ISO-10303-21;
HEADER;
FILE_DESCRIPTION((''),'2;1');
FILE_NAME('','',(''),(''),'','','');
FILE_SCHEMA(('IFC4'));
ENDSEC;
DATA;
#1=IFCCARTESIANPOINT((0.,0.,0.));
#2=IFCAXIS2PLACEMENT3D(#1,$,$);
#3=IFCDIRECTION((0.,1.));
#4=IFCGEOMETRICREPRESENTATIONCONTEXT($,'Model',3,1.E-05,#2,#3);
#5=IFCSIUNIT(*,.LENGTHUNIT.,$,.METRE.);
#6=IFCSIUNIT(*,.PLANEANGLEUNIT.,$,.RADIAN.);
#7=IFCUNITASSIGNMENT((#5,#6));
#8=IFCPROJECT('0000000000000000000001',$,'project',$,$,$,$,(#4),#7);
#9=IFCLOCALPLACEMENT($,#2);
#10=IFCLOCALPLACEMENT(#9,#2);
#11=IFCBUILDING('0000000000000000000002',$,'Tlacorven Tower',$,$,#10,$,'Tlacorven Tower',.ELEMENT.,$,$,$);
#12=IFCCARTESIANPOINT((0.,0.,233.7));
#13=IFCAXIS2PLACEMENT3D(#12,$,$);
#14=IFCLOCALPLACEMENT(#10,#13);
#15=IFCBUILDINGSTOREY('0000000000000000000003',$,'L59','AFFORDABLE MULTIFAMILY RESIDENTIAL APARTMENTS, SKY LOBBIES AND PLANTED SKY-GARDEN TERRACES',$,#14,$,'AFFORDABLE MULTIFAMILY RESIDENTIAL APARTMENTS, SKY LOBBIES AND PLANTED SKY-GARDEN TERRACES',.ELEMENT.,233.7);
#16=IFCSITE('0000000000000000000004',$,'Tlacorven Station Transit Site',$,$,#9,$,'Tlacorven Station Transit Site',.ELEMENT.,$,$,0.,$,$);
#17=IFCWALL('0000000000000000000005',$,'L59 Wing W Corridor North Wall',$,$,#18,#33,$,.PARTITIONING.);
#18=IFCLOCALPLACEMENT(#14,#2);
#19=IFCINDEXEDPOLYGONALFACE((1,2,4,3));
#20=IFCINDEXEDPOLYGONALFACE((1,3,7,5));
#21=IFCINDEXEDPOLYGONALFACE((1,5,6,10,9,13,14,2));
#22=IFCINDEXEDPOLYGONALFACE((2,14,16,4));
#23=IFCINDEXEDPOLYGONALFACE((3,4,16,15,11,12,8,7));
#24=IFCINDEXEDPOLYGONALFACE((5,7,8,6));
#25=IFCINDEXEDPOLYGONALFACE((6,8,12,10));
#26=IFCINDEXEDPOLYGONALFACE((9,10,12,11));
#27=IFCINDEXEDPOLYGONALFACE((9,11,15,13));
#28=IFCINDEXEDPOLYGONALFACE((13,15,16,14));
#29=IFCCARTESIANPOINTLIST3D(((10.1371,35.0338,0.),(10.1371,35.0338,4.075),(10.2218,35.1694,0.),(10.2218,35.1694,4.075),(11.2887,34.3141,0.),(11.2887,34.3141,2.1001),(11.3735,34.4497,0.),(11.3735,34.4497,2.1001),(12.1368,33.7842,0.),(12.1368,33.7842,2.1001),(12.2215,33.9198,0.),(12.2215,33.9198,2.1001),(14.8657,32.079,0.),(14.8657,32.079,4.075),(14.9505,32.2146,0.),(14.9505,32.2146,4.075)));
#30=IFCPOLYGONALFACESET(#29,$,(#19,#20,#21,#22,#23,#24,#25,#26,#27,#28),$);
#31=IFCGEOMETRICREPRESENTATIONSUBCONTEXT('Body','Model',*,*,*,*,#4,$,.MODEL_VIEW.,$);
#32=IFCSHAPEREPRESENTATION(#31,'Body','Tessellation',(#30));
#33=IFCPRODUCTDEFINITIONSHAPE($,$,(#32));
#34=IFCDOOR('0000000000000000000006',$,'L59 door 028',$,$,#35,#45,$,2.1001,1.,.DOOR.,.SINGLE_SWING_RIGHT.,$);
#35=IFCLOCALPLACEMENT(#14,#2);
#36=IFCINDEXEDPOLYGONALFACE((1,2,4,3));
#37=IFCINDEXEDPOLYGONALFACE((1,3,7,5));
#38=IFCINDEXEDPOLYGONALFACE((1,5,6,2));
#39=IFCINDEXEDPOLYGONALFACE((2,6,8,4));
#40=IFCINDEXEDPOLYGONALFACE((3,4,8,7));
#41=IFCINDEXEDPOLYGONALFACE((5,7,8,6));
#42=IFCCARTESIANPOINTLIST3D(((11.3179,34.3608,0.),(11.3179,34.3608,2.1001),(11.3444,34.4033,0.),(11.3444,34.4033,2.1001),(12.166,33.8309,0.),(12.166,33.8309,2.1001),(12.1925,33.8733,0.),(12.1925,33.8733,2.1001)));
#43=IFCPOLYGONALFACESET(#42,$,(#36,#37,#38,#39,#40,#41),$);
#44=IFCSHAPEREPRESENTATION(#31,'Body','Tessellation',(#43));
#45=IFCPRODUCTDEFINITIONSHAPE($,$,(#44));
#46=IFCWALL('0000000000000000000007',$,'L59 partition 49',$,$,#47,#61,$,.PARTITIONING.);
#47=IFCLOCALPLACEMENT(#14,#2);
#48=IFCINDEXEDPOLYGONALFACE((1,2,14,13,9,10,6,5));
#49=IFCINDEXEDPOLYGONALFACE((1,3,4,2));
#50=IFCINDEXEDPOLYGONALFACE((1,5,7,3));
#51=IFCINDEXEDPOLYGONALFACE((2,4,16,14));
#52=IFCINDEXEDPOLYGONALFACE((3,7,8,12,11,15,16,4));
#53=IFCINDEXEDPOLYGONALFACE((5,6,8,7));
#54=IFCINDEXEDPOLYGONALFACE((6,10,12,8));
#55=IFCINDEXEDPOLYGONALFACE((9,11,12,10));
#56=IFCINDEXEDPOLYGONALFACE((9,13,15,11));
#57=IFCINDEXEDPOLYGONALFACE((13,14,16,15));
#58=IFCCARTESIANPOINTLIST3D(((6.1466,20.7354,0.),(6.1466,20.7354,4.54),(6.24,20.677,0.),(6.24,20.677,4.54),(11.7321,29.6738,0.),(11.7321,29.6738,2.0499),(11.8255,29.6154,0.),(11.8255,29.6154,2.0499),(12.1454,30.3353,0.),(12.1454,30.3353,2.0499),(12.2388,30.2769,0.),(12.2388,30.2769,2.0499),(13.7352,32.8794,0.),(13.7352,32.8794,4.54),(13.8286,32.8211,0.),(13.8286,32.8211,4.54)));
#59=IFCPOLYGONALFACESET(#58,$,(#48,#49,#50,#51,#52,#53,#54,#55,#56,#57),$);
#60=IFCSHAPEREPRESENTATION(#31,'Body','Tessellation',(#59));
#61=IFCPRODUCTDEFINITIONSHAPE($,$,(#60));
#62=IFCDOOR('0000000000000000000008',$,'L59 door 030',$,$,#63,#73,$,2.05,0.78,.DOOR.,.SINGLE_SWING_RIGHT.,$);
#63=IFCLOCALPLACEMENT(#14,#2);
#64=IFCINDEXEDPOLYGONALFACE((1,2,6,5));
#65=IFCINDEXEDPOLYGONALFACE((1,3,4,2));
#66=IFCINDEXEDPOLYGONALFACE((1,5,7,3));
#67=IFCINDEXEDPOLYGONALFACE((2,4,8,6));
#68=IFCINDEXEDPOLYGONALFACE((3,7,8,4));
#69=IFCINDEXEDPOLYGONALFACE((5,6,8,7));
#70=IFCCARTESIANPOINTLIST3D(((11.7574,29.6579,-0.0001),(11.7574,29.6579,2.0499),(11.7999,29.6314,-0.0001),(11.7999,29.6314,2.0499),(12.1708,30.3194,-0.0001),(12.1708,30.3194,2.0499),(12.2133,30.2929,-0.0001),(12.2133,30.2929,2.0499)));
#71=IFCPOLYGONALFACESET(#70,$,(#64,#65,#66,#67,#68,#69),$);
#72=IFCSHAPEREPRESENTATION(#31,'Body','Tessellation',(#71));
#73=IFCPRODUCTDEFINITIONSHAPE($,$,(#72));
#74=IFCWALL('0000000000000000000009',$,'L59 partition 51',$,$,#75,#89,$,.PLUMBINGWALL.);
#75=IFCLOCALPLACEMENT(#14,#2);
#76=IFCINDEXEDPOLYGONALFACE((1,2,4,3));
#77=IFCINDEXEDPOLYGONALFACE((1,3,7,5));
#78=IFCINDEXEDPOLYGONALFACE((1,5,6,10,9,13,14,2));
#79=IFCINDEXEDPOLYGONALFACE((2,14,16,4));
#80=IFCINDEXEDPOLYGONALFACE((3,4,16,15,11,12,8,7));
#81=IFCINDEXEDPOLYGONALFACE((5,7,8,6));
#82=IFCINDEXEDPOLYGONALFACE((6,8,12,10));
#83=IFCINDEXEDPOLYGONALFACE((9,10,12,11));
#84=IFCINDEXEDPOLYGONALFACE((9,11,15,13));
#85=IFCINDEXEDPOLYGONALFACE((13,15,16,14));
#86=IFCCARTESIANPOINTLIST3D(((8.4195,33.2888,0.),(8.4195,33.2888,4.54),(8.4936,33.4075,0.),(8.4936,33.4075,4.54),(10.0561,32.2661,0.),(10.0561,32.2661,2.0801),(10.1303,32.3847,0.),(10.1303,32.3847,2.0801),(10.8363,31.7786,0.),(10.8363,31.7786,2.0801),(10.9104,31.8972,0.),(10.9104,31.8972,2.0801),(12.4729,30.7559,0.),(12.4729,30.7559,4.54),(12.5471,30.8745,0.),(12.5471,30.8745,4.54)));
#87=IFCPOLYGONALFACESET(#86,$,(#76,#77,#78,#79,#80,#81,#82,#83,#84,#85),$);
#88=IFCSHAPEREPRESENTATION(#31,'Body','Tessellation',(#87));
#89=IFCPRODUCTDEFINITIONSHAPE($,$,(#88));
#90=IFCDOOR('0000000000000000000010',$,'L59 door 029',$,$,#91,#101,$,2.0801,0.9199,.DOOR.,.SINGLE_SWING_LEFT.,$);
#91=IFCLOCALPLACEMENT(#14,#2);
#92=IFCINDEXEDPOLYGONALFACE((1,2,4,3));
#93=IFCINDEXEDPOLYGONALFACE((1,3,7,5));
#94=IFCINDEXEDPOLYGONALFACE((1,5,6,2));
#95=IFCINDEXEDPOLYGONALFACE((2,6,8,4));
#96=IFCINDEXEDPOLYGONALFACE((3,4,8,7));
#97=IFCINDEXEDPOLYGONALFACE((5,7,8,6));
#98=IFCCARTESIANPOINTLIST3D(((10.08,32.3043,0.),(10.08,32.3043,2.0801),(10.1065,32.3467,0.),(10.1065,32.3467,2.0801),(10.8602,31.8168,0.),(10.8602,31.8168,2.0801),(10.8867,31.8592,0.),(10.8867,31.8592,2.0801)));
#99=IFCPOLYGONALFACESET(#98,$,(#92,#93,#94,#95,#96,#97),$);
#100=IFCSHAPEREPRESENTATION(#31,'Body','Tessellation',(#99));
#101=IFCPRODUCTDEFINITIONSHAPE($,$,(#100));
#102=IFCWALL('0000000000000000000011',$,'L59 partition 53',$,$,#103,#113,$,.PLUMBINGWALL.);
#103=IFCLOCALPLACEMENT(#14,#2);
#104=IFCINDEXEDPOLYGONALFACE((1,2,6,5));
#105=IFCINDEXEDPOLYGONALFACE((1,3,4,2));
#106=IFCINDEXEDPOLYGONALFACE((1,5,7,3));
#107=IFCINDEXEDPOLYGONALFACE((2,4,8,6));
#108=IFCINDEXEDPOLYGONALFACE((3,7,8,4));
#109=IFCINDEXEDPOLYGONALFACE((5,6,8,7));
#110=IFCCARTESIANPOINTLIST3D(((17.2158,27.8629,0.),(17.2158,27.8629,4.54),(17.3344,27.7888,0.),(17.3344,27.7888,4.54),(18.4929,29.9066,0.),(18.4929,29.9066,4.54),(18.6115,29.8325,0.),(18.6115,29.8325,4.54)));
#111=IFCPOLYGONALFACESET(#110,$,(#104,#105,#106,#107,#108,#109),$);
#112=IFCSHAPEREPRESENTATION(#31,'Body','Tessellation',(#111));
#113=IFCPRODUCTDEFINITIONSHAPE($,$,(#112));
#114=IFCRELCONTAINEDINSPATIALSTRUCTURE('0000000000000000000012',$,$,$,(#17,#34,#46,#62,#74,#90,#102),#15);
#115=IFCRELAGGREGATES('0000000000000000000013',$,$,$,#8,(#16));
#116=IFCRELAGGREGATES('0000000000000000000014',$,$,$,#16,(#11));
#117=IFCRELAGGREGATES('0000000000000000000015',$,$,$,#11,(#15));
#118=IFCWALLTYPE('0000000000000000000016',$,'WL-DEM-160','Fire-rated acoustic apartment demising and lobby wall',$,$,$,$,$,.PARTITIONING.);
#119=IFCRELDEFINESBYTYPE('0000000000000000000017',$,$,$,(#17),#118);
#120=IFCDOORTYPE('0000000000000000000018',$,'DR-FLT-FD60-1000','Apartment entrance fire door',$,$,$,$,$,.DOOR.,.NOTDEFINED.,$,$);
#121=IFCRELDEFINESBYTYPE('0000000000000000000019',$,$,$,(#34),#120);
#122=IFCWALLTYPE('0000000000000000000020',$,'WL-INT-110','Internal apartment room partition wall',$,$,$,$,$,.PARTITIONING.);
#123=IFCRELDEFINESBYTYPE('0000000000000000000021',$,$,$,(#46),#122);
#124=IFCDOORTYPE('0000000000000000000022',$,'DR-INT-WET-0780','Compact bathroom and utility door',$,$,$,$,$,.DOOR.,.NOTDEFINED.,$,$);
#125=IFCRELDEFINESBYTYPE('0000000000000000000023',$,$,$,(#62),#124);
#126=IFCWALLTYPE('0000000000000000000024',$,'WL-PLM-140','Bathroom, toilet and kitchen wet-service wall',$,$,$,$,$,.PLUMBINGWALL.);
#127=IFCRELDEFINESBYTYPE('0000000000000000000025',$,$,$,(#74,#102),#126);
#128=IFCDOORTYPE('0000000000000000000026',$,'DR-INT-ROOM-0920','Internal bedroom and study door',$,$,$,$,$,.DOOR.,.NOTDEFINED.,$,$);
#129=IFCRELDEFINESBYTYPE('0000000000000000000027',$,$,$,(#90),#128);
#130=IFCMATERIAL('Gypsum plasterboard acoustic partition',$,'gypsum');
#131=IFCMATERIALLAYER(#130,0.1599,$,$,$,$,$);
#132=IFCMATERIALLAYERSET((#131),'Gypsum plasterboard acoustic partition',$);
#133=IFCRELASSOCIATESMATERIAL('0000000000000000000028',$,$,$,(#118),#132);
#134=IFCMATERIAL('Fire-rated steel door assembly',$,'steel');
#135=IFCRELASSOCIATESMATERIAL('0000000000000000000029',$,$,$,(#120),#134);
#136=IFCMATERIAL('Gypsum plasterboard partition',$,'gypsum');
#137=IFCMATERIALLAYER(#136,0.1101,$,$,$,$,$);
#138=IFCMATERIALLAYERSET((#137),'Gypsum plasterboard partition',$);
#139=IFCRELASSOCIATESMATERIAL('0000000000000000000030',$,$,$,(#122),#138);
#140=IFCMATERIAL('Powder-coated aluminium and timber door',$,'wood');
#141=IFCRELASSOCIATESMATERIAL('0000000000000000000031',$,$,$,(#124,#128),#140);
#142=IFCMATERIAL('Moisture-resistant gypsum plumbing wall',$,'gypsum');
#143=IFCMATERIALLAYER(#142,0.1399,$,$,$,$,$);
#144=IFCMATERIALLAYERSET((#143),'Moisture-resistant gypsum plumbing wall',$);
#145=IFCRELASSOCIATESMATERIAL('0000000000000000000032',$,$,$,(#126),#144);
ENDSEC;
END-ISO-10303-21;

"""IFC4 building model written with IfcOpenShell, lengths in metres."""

from ifc_helpers import new_model, si_unit, direction, frame, frame_2d, origin, place, context, subcontext, project, spatial, rectangle, extrude, source, transform, mapped, material, layer, layer_set, type_object, element, fill, save


model = new_model("IFC4")

# Units and contexts
model_context = context("Model", 3, precision=1e-05, world=origin(), true_north=direction((0.0, 1.0)))
body_context = subcontext(model_context, "Body", "Model", "MODEL_VIEW")
ifc_project = project(units=[si_unit("LENGTHUNIT", "METRE"), si_unit("PLANEANGLEUNIT", "RADIAN")], contexts=[model_context])

# Site, building, storey
site_placement = place(None, origin())
site = spatial("IfcSite", under=ifc_project, at=site_placement, Name="Tlacorven Station Transit Site", LongName="Tlacorven Station Transit Site", CompositionType="ELEMENT", RefElevation=0.0)
building_placement = place(site_placement, origin())
building = spatial("IfcBuilding", under=site, at=building_placement, Name="Tlacorven Tower", LongName="Tlacorven Tower", CompositionType="ELEMENT")
storey_placement = place(building_placement, frame((0.0, 0.0, 233.7)))
storey = spatial("IfcBuildingStorey", under=building, at=storey_placement, Name="L59", Description="AFFORDABLE MULTIFAMILY RESIDENTIAL APARTMENTS, SKY LOBBIES AND PLANTED SKY-GARDEN TERRACES", LongName="AFFORDABLE MULTIFAMILY RESIDENTIAL APARTMENTS, SKY LOBBIES AND PLANTED SKY-GARDEN TERRACES", CompositionType="ELEMENT", Elevation=233.7)

# Walls, openings, doors
ifc_material_1 = material(Name="Gypsum plasterboard acoustic partition", Category="gypsum")
ifc_layer_1 = layer(ifc_material_1, 0.1599)
ifc_layer_set_1 = layer_set([ifc_layer_1], Name="Gypsum plasterboard acoustic partition")
wall_type_1 = type_object("IfcWallType", Name="WL-DEM-160", Description="Fire-rated acoustic apartment demising and lobby wall", PredefinedType="PARTITIONING", material=ifc_layer_set_1)
wall_1_placement = place(storey_placement, frame((14.9082, 32.1467, 0.0), z_axis=(0.0, 0.0, 1.0), x_axis=(-0.84805, 0.529916, 0.0)))
wall_1 = element("IfcWall", 1, at=wall_1_placement, inside=storey, type_object=wall_type_1, Name="L59 Wing W Corridor North Wall", PredefinedType="PARTITIONING", context=body_context, shape_type="SweptSolid", body=[
    extrude(rectangle(XDim=5.5759, YDim=0.1599, at=frame_2d((2.7881, 0.0))), origin(), (0.0, 0.0, 1.0), 4.075),
])
opening_1_placement = place(wall_1_placement, frame((3.218, 0.0, 0.0)))
opening_1 = element("IfcOpeningElement", 2, at=opening_1_placement, cuts=wall_1, PredefinedType="OPENING", context=body_context, shape_type="SweptSolid", body=[
    extrude(rectangle(XDim=1.0, YDim=2.1001, at=frame_2d((0.5, 1.05))), frame((0.0, 0.0898, 0.0), z_axis=(0.0, -1.0, 0.0), x_axis=(1.0, 0.0, 0.0)), (0.0, 0.0, 1.0), 0.1799),
])
ifc_material_2 = material(Name="Fire-rated steel door assembly", Category="steel")
door_type_1 = type_object("IfcDoorType", Name="DR-FLT-FD60-1000", Description="Apartment entrance fire door", OperationType="NOTDEFINED", PredefinedType="DOOR", material=ifc_material_2)
shared_shape_1 = source(origin(), body_context, "Body", "SweptSolid", [
    extrude(rectangle(XDim=1.0, YDim=2.1001, at=frame_2d((0.5, 1.05))), frame((0.0, 0.0249, 0.0), z_axis=(0.0, -1.0, 0.0), x_axis=(1.0, 0.0, 0.0)), (0.0, 0.0, 1.0), 0.05),
])
door_1_placement = place(opening_1_placement, origin())
door_1 = element("IfcDoor", 3, at=door_1_placement, inside=storey, type_object=door_type_1, Name="L59 door 028", OperationType="SINGLE_SWING_RIGHT", OverallHeight=2.1001, OverallWidth=1.0, PredefinedType="DOOR", context=body_context, shape_type="MappedRepresentation", body=[
    mapped(shared_shape_1, transform((0.0, 0.0, 0.0), scale=1.0)),
])
fill(opening_1, door_1)
ifc_material_3 = material(Name="Gypsum plasterboard partition", Category="gypsum")
ifc_layer_2 = layer(ifc_material_3, 0.1101)
ifc_layer_set_2 = layer_set([ifc_layer_2], Name="Gypsum plasterboard partition")
wall_type_2 = type_object("IfcWallType", Name="WL-INT-110", Description="Internal apartment room partition wall", PredefinedType="PARTITIONING", material=ifc_layer_set_2)
wall_2_placement = place(storey_placement, frame((13.782, 32.8503, 0.0), z_axis=(0.0, 0.0, 1.0), x_axis=(-0.529928, -0.848042, 0.0)))
wall_2 = element("IfcWall", 4, at=wall_2_placement, inside=storey, type_object=wall_type_2, Name="L59 partition 49", PredefinedType="PARTITIONING", context=body_context, shape_type="SweptSolid", body=[
    extrude(rectangle(XDim=14.3201, YDim=0.1101, at=frame_2d((7.1602, 0.0))), origin(), (0.0, 0.0, 1.0), 4.54),
])
opening_2_placement = place(wall_2_placement, frame((3.0, 0.0, 0.0)))
opening_2 = element("IfcOpeningElement", 5, at=opening_2_placement, cuts=wall_2, PredefinedType="OPENING", context=body_context, shape_type="SweptSolid", body=[
    extrude(rectangle(XDim=0.78, YDim=2.05, at=frame_2d((0.3901, 1.0249))), frame((0.0, 0.0649, 0.0), z_axis=(0.0, -1.0, 0.0), x_axis=(1.0, 0.0, 0.0)), (0.0, 0.0, 1.0), 0.1301),
])
ifc_material_4 = material(Name="Powder-coated aluminium and timber door", Category="wood")
door_type_2 = type_object("IfcDoorType", Name="DR-INT-WET-0780", Description="Compact bathroom and utility door", OperationType="NOTDEFINED", PredefinedType="DOOR", material=ifc_material_4)
shared_shape_2 = source(origin(), body_context, "Body", "SweptSolid", [
    extrude(rectangle(XDim=0.78, YDim=2.05, at=frame_2d((0.3901, 1.0249))), frame((0.0, 0.0249, 0.0), z_axis=(0.0, -1.0, 0.0), x_axis=(1.0, 0.0, 0.0)), (0.0, 0.0, 1.0), 0.05),
])
door_2_placement = place(opening_2_placement, origin())
door_2 = element("IfcDoor", 6, at=door_2_placement, inside=storey, type_object=door_type_2, Name="L59 door 030", OperationType="SINGLE_SWING_RIGHT", OverallHeight=2.05, OverallWidth=0.78, PredefinedType="DOOR", context=body_context, shape_type="MappedRepresentation", body=[
    mapped(shared_shape_2, transform((0.0, 0.0, 0.0), scale=1.0)),
])
fill(opening_2, door_2)
ifc_material_5 = material(Name="Moisture-resistant gypsum plumbing wall", Category="gypsum")
ifc_layer_3 = layer(ifc_material_5, 0.1399)
ifc_layer_set_3 = layer_set([ifc_layer_3], Name="Moisture-resistant gypsum plumbing wall")
wall_type_3 = type_object("IfcWallType", Name="WL-PLM-140", Description="Bathroom, toilet and kitchen wet-service wall", PredefinedType="PLUMBINGWALL", material=ifc_layer_set_3)
wall_3_placement = place(storey_placement, frame((12.51, 30.8152, 0.0), z_axis=(0.0, 0.0, 1.0), x_axis=(-0.848041, 0.52993, 0.0)))
wall_3 = element("IfcWall", 7, at=wall_3_placement, inside=storey, type_object=wall_type_3, Name="L59 partition 51", PredefinedType="PLUMBINGWALL", context=body_context, shape_type="SweptSolid", body=[
    extrude(rectangle(XDim=4.7798, YDim=0.1399, at=frame_2d((2.3899, 0.0))), origin(), (0.0, 0.0, 1.0), 4.54),
])
opening_3_placement = place(wall_3_placement, frame((1.9299, 0.0, 0.0)))
opening_3 = element("IfcOpeningElement", 8, at=opening_3_placement, cuts=wall_3, PredefinedType="OPENING", context=body_context, shape_type="SweptSolid", body=[
    extrude(rectangle(XDim=0.9199, YDim=2.0801, at=frame_2d((0.46, 1.04))), frame((0.0, 0.0801, 0.0), z_axis=(0.0, -1.0, 0.0), x_axis=(1.0, 0.0, 0.0)), (0.0, 0.0, 1.0), 0.1599),
])
door_type_3 = type_object("IfcDoorType", Name="DR-INT-ROOM-0920", Description="Internal bedroom and study door", OperationType="NOTDEFINED", PredefinedType="DOOR", material=ifc_material_4)
shared_shape_3 = source(origin(), body_context, "Body", "SweptSolid", [
    extrude(rectangle(XDim=0.9199, YDim=2.0801, at=frame_2d((0.46, 1.04))), frame((0.0, 0.0249, 0.0), z_axis=(0.0, -1.0, 0.0), x_axis=(1.0, 0.0, 0.0)), (0.0, 0.0, 1.0), 0.05),
])
door_3_placement = place(opening_3_placement, origin())
door_3 = element("IfcDoor", 9, at=door_3_placement, inside=storey, type_object=door_type_3, Name="L59 door 029", OperationType="SINGLE_SWING_LEFT", OverallHeight=2.0801, OverallWidth=0.9199, PredefinedType="DOOR", context=body_context, shape_type="MappedRepresentation", body=[
    mapped(shared_shape_3, transform((0.0, 0.0, 0.0), scale=1.0)),
])
fill(opening_3, door_3)

# Wall
wall_4_placement = place(storey_placement, frame((18.5522, 29.8696, 0.0), z_axis=(0.0, 0.0, 1.0), x_axis=(-0.529935, -0.848038, 0.0)))
element("IfcWall", 10, at=wall_4_placement, inside=storey, type_object=wall_type_3, Name="L59 partition 53", PredefinedType="PLUMBINGWALL", context=body_context, shape_type="SweptSolid", body=[
    extrude(rectangle(XDim=2.4099, YDim=0.1399, at=frame_2d((1.2051, 0.0))), origin(), (0.0, 0.0, 1.0), 4.54),
])

save(model, "model.ifc")
